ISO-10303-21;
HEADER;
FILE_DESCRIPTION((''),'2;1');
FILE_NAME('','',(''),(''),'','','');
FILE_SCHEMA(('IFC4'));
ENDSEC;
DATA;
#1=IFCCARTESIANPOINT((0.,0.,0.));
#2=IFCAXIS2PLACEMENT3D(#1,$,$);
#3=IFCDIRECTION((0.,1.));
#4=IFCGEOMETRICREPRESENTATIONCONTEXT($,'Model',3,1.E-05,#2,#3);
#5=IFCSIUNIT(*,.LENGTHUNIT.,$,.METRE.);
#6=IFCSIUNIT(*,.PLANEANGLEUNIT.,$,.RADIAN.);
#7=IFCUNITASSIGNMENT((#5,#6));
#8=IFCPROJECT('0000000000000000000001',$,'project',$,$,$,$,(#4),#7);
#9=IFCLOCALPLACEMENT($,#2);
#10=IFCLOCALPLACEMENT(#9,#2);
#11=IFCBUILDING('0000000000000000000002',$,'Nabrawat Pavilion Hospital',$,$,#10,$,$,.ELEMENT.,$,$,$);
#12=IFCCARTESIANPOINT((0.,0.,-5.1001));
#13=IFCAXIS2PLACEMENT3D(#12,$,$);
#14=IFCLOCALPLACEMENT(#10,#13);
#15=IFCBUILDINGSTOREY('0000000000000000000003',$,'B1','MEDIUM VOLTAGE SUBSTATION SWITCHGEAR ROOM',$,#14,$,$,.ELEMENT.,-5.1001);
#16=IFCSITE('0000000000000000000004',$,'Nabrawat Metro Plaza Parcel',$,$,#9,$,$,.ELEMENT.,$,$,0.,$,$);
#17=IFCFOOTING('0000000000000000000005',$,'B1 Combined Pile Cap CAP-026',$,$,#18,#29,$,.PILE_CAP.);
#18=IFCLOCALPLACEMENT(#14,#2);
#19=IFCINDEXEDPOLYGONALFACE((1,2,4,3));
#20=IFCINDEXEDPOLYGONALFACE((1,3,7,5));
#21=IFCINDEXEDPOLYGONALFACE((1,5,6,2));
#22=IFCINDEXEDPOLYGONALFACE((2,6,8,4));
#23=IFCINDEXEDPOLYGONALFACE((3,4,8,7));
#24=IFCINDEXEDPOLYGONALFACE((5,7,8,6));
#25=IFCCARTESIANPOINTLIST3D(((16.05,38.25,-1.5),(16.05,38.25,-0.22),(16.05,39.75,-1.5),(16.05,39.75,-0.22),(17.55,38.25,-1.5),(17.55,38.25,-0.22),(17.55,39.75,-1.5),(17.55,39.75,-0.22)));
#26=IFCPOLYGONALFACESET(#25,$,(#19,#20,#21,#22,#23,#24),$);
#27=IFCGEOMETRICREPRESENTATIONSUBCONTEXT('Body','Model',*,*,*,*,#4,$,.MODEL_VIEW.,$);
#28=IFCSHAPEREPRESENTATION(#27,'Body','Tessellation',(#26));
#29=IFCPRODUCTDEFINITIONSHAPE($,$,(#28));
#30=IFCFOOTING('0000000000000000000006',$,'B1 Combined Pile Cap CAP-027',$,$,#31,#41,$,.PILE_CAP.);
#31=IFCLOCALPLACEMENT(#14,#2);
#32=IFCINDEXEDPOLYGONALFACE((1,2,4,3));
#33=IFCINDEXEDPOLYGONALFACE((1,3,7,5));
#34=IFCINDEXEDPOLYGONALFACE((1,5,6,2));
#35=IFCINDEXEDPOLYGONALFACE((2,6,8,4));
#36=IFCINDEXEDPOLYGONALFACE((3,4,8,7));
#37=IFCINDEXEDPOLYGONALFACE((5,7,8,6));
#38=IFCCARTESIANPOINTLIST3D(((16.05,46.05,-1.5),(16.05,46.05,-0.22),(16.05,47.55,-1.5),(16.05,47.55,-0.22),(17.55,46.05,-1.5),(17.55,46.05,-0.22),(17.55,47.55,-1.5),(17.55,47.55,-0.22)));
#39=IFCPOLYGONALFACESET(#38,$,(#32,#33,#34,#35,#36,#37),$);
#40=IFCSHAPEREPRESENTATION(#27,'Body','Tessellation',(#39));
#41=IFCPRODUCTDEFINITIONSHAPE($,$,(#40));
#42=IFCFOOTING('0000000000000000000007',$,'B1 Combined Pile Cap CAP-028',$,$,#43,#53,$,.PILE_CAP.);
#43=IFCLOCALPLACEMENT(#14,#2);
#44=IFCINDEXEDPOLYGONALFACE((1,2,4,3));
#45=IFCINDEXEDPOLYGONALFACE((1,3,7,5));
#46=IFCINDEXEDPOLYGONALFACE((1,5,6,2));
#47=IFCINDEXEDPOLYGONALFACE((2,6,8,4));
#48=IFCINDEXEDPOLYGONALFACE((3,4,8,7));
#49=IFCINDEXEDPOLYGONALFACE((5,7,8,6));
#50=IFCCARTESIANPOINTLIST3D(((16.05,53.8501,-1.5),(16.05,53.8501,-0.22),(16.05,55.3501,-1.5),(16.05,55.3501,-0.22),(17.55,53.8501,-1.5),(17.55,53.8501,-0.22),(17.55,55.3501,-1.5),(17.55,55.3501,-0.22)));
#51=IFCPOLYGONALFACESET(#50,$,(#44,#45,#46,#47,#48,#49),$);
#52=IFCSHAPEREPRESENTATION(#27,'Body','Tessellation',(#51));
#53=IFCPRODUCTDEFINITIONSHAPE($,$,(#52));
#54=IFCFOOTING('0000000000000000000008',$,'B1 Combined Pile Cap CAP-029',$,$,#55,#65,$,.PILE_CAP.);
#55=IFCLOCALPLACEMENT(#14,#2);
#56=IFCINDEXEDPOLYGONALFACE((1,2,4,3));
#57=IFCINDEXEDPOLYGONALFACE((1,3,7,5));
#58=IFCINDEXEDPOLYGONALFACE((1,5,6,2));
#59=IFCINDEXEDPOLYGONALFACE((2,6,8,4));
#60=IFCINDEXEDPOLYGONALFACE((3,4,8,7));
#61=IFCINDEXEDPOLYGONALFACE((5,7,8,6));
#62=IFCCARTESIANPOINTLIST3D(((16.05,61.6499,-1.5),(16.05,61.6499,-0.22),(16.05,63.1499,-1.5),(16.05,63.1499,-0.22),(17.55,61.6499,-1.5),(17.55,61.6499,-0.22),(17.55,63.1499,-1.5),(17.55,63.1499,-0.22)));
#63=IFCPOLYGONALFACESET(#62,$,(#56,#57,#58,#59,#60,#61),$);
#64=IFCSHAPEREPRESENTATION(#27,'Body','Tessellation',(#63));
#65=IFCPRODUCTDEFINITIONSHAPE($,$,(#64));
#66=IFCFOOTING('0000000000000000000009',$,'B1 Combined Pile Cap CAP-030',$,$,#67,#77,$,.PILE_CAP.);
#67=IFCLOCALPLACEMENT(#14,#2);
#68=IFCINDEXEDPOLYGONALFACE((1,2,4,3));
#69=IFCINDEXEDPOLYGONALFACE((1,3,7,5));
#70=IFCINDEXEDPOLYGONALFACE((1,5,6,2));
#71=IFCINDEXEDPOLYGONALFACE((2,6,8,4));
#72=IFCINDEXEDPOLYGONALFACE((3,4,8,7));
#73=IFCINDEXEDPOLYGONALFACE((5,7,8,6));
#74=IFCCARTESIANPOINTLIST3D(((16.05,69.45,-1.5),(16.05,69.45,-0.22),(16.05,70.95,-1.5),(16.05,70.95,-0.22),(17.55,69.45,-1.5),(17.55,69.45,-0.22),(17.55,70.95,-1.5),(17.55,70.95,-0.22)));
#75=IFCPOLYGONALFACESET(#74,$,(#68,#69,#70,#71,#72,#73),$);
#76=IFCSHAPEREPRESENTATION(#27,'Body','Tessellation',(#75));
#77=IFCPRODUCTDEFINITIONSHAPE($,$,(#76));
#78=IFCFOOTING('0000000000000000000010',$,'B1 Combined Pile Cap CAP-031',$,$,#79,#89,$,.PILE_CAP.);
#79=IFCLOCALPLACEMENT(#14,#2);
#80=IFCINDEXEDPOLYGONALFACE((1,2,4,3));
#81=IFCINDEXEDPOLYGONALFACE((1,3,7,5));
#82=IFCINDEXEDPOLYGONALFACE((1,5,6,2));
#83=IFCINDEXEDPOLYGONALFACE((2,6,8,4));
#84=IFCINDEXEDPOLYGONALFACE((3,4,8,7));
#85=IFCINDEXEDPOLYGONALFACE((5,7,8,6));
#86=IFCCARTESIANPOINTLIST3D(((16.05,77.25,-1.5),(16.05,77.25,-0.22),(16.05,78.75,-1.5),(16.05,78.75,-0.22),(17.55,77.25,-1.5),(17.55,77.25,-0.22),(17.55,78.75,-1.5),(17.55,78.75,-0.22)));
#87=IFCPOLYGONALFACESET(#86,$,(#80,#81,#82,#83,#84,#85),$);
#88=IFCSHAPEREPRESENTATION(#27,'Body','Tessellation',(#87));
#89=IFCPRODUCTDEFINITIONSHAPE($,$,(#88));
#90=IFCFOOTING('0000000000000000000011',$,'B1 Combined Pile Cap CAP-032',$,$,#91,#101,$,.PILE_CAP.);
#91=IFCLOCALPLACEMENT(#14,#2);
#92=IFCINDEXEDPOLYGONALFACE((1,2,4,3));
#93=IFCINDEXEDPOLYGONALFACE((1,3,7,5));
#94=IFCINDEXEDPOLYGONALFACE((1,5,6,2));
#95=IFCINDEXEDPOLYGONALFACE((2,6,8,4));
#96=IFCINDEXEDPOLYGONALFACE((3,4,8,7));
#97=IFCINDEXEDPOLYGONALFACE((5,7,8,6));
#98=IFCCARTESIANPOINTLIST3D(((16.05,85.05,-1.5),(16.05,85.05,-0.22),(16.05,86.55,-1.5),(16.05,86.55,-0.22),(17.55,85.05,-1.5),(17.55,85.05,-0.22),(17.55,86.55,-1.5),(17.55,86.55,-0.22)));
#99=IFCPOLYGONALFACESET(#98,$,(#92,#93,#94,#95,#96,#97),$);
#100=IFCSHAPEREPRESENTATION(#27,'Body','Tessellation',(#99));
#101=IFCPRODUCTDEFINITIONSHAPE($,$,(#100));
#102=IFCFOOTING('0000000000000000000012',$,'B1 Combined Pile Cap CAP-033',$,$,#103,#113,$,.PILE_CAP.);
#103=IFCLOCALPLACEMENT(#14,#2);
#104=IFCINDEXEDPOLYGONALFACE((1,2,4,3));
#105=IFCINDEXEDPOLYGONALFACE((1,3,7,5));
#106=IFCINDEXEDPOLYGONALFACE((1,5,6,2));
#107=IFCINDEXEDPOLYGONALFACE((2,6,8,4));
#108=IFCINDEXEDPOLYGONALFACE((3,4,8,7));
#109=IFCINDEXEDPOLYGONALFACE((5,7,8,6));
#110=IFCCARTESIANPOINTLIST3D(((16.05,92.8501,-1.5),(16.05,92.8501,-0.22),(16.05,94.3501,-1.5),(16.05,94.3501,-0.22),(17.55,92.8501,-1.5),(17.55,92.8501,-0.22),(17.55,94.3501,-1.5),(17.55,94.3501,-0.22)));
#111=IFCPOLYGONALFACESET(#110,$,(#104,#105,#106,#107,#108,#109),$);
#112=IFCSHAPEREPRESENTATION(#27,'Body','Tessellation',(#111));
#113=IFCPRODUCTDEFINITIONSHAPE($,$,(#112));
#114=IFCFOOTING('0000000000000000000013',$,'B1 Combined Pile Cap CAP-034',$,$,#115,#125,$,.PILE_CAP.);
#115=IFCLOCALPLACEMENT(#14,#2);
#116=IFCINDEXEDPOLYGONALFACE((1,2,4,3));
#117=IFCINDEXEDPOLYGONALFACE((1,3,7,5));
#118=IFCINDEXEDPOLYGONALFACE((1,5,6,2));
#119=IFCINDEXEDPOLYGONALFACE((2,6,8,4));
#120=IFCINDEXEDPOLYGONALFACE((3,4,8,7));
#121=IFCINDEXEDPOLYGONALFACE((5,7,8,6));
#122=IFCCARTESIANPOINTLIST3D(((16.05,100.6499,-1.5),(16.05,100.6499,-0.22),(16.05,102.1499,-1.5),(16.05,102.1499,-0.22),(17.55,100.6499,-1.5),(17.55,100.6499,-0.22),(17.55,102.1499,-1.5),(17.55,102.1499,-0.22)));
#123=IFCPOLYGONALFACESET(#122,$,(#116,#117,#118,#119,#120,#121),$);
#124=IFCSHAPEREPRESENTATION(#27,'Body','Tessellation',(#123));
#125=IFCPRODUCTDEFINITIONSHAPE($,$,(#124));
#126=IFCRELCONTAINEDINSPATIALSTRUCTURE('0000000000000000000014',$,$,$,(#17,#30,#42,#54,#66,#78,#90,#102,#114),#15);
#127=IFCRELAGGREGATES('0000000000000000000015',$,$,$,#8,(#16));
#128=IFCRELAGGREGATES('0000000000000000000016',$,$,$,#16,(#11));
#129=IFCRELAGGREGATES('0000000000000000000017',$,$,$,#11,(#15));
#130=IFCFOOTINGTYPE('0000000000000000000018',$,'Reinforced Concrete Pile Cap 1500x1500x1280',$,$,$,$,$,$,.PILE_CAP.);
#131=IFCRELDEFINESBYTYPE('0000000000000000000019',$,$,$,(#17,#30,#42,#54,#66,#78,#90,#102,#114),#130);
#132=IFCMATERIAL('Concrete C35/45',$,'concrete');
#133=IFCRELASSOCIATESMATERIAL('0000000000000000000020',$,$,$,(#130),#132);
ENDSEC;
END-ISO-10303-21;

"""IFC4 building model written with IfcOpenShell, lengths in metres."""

from ifc_helpers import new_model, si_unit, direction, frame, origin, place, context, subcontext, project, spatial, polyline, outline, extrude, material, type_object, element, save


model = new_model("IFC4")

# Units and contexts
model_context = context("Model", 3, precision=1e-05, world=origin(), true_north=direction((0.0, 1.0)))
body_context = subcontext(model_context, "Body", "Model", "MODEL_VIEW")
ifc_project = project(units=[si_unit("LENGTHUNIT", "METRE"), si_unit("PLANEANGLEUNIT", "RADIAN")], contexts=[model_context])

# Site, building, storey
site_placement = place(None, origin())
site = spatial("IfcSite", under=ifc_project, at=site_placement, Name="Nabrawat Metro Plaza Parcel", CompositionType="ELEMENT", RefElevation=0.0)
building_placement = place(site_placement, origin())
building = spatial("IfcBuilding", under=site, at=building_placement, Name="Nabrawat Pavilion Hospital", CompositionType="ELEMENT")
storey_placement = place(building_placement, frame((0.0, 0.0, -5.1001)))
storey = spatial("IfcBuildingStorey", under=building, at=storey_placement, Name="B1", Description="MEDIUM VOLTAGE SUBSTATION SWITCHGEAR ROOM", CompositionType="ELEMENT", Elevation=-5.1001)

# Footings
ifc_material = material(Name="Concrete C35/45", Category="concrete")
footing_type_1 = type_object("IfcFootingType", Name="Reinforced Concrete Pile Cap 1500x1500x1280", PredefinedType="PILE_CAP", material=ifc_material)
footing_1_placement = place(storey_placement, frame((0.0, 0.0, -1.5)))
element("IfcFooting", 1, at=footing_1_placement, inside=storey, type_object=footing_type_1, Name="B1 Combined Pile Cap CAP-026", PredefinedType="PILE_CAP", context=body_context, shape_type="SweptSolid", body=[
    extrude(outline(polyline([(17.55, 38.25), (17.55, 39.75), (16.05, 39.75), (16.05, 38.25), (17.55, 38.25)])), origin(), (0.0, 0.0, 1.0), 1.28),
])
footing_2_placement = place(storey_placement, frame((0.0, 0.0, -1.5)))
element("IfcFooting", 2, at=footing_2_placement, inside=storey, type_object=footing_type_1, Name="B1 Combined Pile Cap CAP-027", PredefinedType="PILE_CAP", context=body_context, shape_type="SweptSolid", body=[
    extrude(outline(polyline([(17.55, 46.05), (17.55, 47.55), (16.05, 47.55), (16.05, 46.05), (17.55, 46.05)])), origin(), (0.0, 0.0, 1.0), 1.28),
])
footing_3_placement = place(storey_placement, frame((0.0, 0.0, -1.5)))
element("IfcFooting", 3, at=footing_3_placement, inside=storey, type_object=footing_type_1, Name="B1 Combined Pile Cap CAP-028", PredefinedType="PILE_CAP", context=body_context, shape_type="SweptSolid", body=[
    extrude(outline(polyline([(17.55, 53.8501), (17.55, 55.3501), (16.05, 55.3501), (16.05, 53.8501), (17.55, 53.8501)])), origin(), (0.0, 0.0, 1.0), 1.28),
])
footing_4_placement = place(storey_placement, frame((0.0, 0.0, -1.5)))
element("IfcFooting", 4, at=footing_4_placement, inside=storey, type_object=footing_type_1, Name="B1 Combined Pile Cap CAP-029", PredefinedType="PILE_CAP", context=body_context, shape_type="SweptSolid", body=[
    extrude(outline(polyline([(17.55, 61.6499), (17.55, 63.1499), (16.05, 63.1499), (16.05, 61.6499), (17.55, 61.6499)])), origin(), (0.0, 0.0, 1.0), 1.28),
])
footing_5_placement = place(storey_placement, frame((0.0, 0.0, -1.5)))
element("IfcFooting", 5, at=footing_5_placement, inside=storey, type_object=footing_type_1, Name="B1 Combined Pile Cap CAP-030", PredefinedType="PILE_CAP", context=body_context, shape_type="SweptSolid", body=[
    extrude(outline(polyline([(17.55, 69.45), (17.55, 70.95), (16.05, 70.95), (16.05, 69.45), (17.55, 69.45)])), origin(), (0.0, 0.0, 1.0), 1.28),
])
footing_6_placement = place(storey_placement, frame((0.0, 0.0, -1.5)))
element("IfcFooting", 6, at=footing_6_placement, inside=storey, type_object=footing_type_1, Name="B1 Combined Pile Cap CAP-031", PredefinedType="PILE_CAP", context=body_context, shape_type="SweptSolid", body=[
    extrude(outline(polyline([(17.55, 77.25), (17.55, 78.75), (16.05, 78.75), (16.05, 77.25), (17.55, 77.25)])), origin(), (0.0, 0.0, 1.0), 1.28),
])
footing_7_placement = place(storey_placement, frame((0.0, 0.0, -1.5)))
element("IfcFooting", 7, at=footing_7_placement, inside=storey, type_object=footing_type_1, Name="B1 Combined Pile Cap CAP-032", PredefinedType="PILE_CAP", context=body_context, shape_type="SweptSolid", body=[
    extrude(outline(polyline([(17.55, 85.05), (17.55, 86.55), (16.05, 86.55), (16.05, 85.05), (17.55, 85.05)])), origin(), (0.0, 0.0, 1.0), 1.28),
])
footing_8_placement = place(storey_placement, frame((0.0, 0.0, -1.5)))
element("IfcFooting", 8, at=footing_8_placement, inside=storey, type_object=footing_type_1, Name="B1 Combined Pile Cap CAP-033", PredefinedType="PILE_CAP", context=body_context, shape_type="SweptSolid", body=[
    extrude(outline(polyline([(17.55, 92.8501), (17.55, 94.3501), (16.05, 94.3501), (16.05, 92.8501), (17.55, 92.8501)])), origin(), (0.0, 0.0, 1.0), 1.28),
])
footing_9_placement = place(storey_placement, frame((0.0, 0.0, -1.5)))
element("IfcFooting", 9, at=footing_9_placement, inside=storey, type_object=footing_type_1, Name="B1 Combined Pile Cap CAP-034", PredefinedType="PILE_CAP", context=body_context, shape_type="SweptSolid", body=[
    extrude(outline(polyline([(17.55, 100.6499), (17.55, 102.1499), (16.05, 102.1499), (16.05, 100.6499), (17.55, 100.6499)])), origin(), (0.0, 0.0, 1.0), 1.28),
])

save(model, "model.ifc")
